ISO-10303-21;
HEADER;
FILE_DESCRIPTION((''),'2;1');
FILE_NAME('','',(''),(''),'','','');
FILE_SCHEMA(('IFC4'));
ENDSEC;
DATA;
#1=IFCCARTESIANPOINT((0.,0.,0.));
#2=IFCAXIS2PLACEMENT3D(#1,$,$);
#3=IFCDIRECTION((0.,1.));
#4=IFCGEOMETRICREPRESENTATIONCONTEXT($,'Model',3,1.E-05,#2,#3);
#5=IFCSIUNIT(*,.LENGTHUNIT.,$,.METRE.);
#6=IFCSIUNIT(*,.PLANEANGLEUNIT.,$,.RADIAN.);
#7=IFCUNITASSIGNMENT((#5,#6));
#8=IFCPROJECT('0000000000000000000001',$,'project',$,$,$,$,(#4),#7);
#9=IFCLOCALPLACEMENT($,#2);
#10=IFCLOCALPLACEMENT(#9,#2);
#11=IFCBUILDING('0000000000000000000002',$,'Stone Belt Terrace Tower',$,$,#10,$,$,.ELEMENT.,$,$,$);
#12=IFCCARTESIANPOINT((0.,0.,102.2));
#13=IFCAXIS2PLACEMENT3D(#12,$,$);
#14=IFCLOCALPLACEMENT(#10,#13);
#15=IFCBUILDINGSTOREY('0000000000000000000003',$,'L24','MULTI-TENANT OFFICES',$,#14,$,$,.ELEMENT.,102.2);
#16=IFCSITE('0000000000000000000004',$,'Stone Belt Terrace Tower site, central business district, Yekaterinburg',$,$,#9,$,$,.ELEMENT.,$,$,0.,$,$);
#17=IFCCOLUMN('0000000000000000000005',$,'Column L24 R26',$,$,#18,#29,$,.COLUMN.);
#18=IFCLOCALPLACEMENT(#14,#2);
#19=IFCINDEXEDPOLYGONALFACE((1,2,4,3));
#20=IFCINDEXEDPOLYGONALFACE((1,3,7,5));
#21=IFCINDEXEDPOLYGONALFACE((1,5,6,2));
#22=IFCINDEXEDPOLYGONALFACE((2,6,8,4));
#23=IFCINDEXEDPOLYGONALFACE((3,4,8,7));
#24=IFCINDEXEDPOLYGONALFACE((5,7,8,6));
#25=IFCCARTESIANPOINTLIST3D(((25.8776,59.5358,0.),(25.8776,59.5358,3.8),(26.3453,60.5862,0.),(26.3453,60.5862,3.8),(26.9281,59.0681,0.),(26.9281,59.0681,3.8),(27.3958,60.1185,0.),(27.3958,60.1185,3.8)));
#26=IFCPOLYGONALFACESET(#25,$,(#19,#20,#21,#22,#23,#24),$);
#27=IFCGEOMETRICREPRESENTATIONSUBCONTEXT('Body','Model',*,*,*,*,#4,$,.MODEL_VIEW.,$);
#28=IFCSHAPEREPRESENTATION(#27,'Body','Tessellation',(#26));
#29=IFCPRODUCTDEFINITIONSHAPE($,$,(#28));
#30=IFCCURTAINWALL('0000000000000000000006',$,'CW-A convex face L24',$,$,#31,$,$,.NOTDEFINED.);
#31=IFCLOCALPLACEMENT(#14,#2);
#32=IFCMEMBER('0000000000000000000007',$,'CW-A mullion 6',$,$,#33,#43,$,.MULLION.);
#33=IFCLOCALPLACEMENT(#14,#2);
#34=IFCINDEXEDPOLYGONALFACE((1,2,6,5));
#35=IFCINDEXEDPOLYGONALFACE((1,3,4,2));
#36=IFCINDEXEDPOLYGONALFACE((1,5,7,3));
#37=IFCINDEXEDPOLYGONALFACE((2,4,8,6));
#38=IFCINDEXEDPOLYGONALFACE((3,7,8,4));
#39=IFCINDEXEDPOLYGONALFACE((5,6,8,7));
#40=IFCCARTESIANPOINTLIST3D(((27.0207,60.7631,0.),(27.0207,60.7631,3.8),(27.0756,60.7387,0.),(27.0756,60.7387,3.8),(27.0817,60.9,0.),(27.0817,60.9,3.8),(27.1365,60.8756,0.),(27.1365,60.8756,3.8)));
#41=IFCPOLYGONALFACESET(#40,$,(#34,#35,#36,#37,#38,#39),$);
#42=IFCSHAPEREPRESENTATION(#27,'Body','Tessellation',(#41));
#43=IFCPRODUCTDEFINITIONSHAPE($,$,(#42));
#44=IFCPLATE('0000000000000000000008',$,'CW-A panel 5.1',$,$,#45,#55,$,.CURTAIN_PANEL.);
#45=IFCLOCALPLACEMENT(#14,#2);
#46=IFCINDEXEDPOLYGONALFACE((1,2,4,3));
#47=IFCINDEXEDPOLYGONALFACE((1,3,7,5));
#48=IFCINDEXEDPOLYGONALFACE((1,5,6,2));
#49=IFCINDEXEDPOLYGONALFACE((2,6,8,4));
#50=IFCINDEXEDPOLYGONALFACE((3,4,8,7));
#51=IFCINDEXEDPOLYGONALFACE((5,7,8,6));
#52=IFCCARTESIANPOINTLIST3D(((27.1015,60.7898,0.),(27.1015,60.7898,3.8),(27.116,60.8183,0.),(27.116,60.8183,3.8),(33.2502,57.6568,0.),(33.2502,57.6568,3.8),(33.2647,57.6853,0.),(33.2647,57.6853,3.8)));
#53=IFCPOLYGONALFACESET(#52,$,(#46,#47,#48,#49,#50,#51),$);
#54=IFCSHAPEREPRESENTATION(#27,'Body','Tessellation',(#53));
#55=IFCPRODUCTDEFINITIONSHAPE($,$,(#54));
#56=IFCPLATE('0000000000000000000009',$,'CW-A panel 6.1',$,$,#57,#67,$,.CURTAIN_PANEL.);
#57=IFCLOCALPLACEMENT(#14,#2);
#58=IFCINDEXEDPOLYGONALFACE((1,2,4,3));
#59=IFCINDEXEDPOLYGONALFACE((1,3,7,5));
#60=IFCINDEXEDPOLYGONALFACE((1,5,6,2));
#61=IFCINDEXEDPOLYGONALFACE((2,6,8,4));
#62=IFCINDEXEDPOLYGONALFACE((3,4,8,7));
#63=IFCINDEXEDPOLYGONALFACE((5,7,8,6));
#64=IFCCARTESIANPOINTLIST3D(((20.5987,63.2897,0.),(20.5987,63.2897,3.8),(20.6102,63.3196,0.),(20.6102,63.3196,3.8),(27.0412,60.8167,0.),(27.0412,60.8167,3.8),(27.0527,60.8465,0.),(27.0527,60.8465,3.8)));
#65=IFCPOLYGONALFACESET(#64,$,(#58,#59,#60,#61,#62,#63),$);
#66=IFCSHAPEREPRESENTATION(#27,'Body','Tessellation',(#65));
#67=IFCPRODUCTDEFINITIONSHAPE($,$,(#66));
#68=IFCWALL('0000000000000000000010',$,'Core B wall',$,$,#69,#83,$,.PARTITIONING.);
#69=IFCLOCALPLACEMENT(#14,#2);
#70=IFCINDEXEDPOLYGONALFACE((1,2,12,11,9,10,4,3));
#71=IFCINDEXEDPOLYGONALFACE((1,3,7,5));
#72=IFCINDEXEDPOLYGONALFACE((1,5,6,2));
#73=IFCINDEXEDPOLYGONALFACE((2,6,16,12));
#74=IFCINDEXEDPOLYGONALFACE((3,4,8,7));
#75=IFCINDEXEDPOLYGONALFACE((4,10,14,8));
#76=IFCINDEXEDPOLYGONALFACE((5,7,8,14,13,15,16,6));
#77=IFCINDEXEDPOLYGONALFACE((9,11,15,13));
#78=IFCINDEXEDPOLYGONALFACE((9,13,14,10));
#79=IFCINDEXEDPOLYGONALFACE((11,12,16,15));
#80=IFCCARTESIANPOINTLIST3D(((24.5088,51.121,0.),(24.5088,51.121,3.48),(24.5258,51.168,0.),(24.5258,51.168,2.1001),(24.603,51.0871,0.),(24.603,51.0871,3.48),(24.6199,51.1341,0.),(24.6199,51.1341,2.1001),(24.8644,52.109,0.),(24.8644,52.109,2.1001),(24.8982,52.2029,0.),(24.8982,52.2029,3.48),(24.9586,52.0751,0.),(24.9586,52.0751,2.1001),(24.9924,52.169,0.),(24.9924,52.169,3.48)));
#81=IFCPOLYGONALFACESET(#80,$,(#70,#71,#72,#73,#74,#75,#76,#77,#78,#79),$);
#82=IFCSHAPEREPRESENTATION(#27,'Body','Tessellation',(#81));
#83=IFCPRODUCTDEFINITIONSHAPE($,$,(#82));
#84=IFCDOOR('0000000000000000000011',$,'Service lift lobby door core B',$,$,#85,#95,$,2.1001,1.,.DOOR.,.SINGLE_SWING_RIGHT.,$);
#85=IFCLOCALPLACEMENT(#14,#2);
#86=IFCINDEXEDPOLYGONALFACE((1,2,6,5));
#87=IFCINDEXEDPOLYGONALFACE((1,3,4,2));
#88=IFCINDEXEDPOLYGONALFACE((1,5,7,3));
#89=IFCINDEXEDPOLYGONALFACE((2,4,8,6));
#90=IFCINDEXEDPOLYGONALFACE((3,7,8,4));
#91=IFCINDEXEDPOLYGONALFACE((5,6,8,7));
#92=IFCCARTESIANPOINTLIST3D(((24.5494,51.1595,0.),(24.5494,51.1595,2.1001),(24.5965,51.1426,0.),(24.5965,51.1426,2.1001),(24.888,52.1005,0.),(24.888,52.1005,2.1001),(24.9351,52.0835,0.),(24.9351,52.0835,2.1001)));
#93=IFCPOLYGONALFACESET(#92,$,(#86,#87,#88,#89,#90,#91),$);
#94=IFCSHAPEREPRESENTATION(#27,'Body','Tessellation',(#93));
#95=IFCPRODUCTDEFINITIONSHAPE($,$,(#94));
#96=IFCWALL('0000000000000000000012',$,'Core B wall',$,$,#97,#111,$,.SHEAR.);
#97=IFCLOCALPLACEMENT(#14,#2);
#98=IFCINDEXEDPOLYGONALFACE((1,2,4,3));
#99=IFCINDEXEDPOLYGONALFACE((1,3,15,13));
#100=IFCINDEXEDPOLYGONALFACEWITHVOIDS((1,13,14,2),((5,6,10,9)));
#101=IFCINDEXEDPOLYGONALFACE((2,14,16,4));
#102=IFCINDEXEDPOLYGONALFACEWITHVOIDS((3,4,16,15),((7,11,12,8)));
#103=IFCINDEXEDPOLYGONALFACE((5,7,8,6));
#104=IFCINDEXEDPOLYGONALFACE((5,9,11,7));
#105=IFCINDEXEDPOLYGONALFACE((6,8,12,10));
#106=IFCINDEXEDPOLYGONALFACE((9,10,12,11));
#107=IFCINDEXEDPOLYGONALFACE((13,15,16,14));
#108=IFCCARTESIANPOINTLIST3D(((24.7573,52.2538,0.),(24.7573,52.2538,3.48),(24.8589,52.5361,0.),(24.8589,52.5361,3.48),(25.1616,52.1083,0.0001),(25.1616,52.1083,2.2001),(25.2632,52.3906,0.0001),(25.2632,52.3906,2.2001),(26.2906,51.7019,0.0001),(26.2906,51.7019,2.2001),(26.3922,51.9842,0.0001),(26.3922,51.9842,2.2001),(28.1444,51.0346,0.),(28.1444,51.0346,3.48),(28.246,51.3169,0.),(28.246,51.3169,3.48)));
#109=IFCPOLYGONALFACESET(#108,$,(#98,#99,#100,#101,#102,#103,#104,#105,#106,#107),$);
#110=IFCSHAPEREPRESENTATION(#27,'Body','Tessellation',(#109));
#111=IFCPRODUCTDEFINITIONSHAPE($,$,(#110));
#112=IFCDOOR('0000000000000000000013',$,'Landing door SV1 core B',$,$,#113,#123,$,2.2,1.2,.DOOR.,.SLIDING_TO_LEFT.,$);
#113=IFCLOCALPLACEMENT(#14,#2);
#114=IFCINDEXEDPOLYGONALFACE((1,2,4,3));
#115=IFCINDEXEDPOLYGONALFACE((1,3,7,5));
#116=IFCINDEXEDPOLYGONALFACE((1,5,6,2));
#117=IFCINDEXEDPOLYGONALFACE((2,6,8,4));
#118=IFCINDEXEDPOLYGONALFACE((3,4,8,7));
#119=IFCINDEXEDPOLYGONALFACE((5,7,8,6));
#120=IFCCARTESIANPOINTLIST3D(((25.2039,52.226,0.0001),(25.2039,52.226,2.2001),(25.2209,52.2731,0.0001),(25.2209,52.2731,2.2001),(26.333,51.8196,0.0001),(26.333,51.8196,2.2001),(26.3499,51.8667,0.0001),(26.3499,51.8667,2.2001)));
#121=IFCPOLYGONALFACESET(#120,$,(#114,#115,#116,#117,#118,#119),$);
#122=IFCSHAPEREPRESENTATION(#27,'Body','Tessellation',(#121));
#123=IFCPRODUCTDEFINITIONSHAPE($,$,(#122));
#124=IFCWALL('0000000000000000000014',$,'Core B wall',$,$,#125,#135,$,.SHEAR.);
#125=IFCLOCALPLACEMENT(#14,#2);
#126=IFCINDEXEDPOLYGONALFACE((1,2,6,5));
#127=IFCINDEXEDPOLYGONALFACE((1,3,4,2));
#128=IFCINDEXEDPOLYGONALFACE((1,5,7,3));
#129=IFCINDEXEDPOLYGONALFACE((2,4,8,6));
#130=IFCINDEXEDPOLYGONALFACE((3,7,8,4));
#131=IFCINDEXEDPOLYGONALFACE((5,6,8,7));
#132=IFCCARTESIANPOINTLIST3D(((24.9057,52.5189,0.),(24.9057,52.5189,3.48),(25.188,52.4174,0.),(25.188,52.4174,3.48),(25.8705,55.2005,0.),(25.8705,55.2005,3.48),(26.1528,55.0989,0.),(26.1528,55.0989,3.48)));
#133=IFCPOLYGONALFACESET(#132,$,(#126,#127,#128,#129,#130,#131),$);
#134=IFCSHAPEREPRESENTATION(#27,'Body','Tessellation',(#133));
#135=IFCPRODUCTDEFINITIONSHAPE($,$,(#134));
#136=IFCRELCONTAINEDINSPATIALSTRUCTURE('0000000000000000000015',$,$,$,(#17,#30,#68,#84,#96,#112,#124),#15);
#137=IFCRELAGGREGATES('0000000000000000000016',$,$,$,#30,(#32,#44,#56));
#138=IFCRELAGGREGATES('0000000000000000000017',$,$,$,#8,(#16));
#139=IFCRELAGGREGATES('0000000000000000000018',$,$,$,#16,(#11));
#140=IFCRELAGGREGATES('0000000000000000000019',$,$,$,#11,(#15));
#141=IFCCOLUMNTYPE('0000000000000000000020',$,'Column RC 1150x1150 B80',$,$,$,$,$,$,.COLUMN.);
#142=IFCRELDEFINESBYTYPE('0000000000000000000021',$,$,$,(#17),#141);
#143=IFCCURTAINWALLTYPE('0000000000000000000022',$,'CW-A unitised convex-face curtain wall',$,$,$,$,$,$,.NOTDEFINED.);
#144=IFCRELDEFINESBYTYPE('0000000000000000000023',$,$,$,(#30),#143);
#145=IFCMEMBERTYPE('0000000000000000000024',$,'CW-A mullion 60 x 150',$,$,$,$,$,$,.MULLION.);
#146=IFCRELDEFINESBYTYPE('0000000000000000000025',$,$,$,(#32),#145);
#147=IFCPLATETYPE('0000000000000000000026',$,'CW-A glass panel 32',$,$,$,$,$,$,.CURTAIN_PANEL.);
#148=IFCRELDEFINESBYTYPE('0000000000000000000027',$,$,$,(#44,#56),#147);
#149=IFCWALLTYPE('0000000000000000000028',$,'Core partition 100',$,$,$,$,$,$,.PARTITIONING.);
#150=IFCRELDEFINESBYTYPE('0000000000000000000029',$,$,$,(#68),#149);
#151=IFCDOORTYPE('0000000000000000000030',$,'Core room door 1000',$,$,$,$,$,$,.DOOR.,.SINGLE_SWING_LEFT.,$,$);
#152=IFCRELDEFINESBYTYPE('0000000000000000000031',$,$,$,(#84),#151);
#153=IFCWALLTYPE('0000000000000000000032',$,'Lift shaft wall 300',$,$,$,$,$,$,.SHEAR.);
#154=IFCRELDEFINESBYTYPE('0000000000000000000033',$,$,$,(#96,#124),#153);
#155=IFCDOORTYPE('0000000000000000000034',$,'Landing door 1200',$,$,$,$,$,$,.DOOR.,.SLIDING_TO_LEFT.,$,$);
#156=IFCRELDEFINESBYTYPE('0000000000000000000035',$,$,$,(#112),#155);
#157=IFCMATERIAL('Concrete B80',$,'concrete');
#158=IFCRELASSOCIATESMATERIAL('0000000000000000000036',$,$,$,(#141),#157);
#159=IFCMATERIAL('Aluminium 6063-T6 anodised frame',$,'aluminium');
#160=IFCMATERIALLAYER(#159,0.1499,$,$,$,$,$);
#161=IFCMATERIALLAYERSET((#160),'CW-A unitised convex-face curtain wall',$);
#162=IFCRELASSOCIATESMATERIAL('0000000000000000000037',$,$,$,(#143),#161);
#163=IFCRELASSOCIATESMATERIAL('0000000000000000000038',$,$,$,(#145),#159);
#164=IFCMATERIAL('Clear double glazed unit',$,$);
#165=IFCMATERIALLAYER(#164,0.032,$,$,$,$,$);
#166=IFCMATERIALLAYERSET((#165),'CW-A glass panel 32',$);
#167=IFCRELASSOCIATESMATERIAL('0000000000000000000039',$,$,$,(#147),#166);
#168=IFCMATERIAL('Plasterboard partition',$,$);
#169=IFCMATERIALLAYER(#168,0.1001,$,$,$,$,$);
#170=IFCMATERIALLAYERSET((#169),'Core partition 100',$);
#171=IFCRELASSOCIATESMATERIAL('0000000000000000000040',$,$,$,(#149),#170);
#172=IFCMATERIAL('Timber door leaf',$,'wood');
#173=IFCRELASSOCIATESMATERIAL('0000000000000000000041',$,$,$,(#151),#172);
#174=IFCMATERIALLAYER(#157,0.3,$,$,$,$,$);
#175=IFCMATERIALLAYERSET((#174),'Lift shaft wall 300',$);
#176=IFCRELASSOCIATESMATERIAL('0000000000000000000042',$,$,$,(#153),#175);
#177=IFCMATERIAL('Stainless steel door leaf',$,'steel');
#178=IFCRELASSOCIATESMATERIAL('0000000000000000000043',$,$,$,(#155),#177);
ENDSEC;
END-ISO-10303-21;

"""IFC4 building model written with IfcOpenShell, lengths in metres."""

from ifc_helpers import new_model, si_unit, direction, frame, frame_2d, origin, origin_2d, place, context, subcontext, project, spatial, rectangle, extrude, material, layer, layer_set, material_profile, profile_set, type_object, element, fill, aggregate, save


model = new_model("IFC4")

# Units and contexts
model_context = context("Model", 3, precision=1e-05, world=origin(), true_north=direction((0.0, 1.0)))
body_context = subcontext(model_context, "Body", "Model", "MODEL_VIEW")
ifc_project = project(units=[si_unit("LENGTHUNIT", "METRE"), si_unit("PLANEANGLEUNIT", "RADIAN")], contexts=[model_context])

# Site, building, storey
site_placement = place(None, origin())
site = spatial("IfcSite", under=ifc_project, at=site_placement, Name="Stone Belt Terrace Tower site, central business district, Yekaterinburg", CompositionType="ELEMENT", RefElevation=0.0)
building_placement = place(site_placement, origin())
building = spatial("IfcBuilding", under=site, at=building_placement, Name="Stone Belt Terrace Tower", CompositionType="ELEMENT")
storey_placement = place(building_placement, frame((0.0, 0.0, 102.2)))
storey = spatial("IfcBuildingStorey", under=building, at=storey_placement, Name="L24", Description="MULTI-TENANT OFFICES", CompositionType="ELEMENT", Elevation=102.2)

# Column
ifc_material_1 = material(Name="Concrete B80", Category="concrete")
ifc_material_profile_1 = material_profile(ifc_material_1, rectangle(XDim=1.1499, YDim=1.1499, at=origin_2d()), Name="RC 1150x1150")
ifc_profile_set_1 = profile_set([ifc_material_profile_1], Name="Concrete B80")
column_type = type_object("IfcColumnType", Name="Column RC 1150x1150 B80", PredefinedType="COLUMN", material=ifc_profile_set_1)
column_placement = place(storey_placement, frame((26.6367, 59.8271, 0.0), z_axis=(0.0, 0.0, 1.0), x_axis=(0.913545, -0.406737, 0.0)))
element("IfcColumn", 1, at=column_placement, inside=storey, type_object=column_type, Name="Column L24 R26", PredefinedType="COLUMN", context=body_context, shape_type="SweptSolid", body=[
    extrude(rectangle(XDim=1.1499, YDim=1.1499, at=origin_2d()), origin(), (0.0, 0.0, 1.0), 3.8),
])

# Curtain wall, member, plates
ifc_material_2 = material(Name="Aluminium 6063-T6 anodised frame", Category="aluminium")
ifc_layer_1 = layer(ifc_material_2, 0.1499)
ifc_layer_set_1 = layer_set([ifc_layer_1], Name="CW-A unitised convex-face curtain wall")
curtain_wall_type = type_object("IfcCurtainWallType", Name="CW-A unitised convex-face curtain wall", PredefinedType="NOTDEFINED", material=ifc_layer_set_1)
curtain_wall_placement = place(storey_placement, origin())
curtain_wall = element("IfcCurtainWall", 2, at=curtain_wall_placement, inside=storey, type_object=curtain_wall_type, Name="CW-A convex face L24", PredefinedType="NOTDEFINED")
ifc_material_profile_2 = material_profile(ifc_material_2, rectangle(XDim=0.1499, YDim=0.0601, at=origin_2d()), Name="Aluminium 6063-T6 60x150")
ifc_profile_set_2 = profile_set([ifc_material_profile_2], Name="Aluminium 6063-T6 anodised frame")
member_type = type_object("IfcMemberType", Name="CW-A mullion 60 x 150", PredefinedType="MULLION", material=ifc_profile_set_2)
member_placement = place(storey_placement, frame((27.0786, 60.8193, 0.0), z_axis=(0.0, 0.0, 1.0), x_axis=(-0.406737, -0.913545, 0.0)))
member = element("IfcMember", 3, at=member_placement, type_object=member_type, Name="CW-A mullion 6", PredefinedType="MULLION", context=body_context, shape_type="SweptSolid", body=[
    extrude(rectangle(XDim=0.1499, YDim=0.0601, at=origin_2d()), origin(), (0.0, 0.0, 1.0), 3.8),
])
ifc_material_3 = material(Name="Clear double glazed unit")
ifc_layer_2 = layer(ifc_material_3, 0.032)
ifc_layer_set_2 = layer_set([ifc_layer_2], Name="CW-A glass panel 32")
plate_type = type_object("IfcPlateType", Name="CW-A glass panel 32", PredefinedType="CURTAIN_PANEL", material=ifc_layer_set_2)
plate_1_placement = place(storey_placement, frame((30.1831, 59.2375, 0.0), z_axis=(0.0, 0.0, 1.0), x_axis=(-0.891007, 0.45399, 0.0)))
plate_1 = element("IfcPlate", 4, at=plate_1_placement, type_object=plate_type, Name="CW-A panel 5.1", PredefinedType="CURTAIN_PANEL", context=body_context, shape_type="SweptSolid", body=[
    extrude(rectangle(XDim=6.9009, YDim=0.032, at=origin_2d()), origin(), (0.0, 0.0, 1.0), 3.8),
])
plate_2_placement = place(storey_placement, frame((23.8257, 62.0681, 0.0), z_axis=(0.0, 0.0, 1.0), x_axis=(-0.93358, 0.358368, 0.0)))
plate_2 = element("IfcPlate", 5, at=plate_2_placement, type_object=plate_type, Name="CW-A panel 6.1", PredefinedType="CURTAIN_PANEL", context=body_context, shape_type="SweptSolid", body=[
    extrude(rectangle(XDim=6.9009, YDim=0.032, at=origin_2d()), origin(), (0.0, 0.0, 1.0), 3.8),
])
aggregate(curtain_wall, [member, plate_1, plate_2])

# Walls, openings, doors
ifc_material_4 = material(Name="Plasterboard partition")
ifc_layer_3 = layer(ifc_material_4, 0.1001)
ifc_layer_set_3 = layer_set([ifc_layer_3], Name="Core partition 100")
wall_type_1 = type_object("IfcWallType", Name="Core partition 100", PredefinedType="PARTITIONING", material=ifc_layer_set_3)
wall_1_placement = place(storey_placement, frame((24.5559, 51.104, 0.0), z_axis=(0.0, 0.0, 1.0), x_axis=(0.338622, 0.940923, 0.0)))
wall_1 = element("IfcWall", 6, at=wall_1_placement, inside=storey, type_object=wall_type_1, Name="Core B wall", PredefinedType="PARTITIONING", context=body_context, shape_type="SweptSolid", body=[
    extrude(rectangle(XDim=1.1499, YDim=0.1001, at=frame_2d((0.575, 0.0))), origin(), (0.0, 0.0, 1.0), 3.48),
])
opening_1_placement = place(wall_1_placement, frame((0.05, 0.0, 0.0)))
opening_1 = element("IfcOpeningElement", 7, at=opening_1_placement, cuts=wall_1, PredefinedType="OPENING", context=body_context, shape_type="SweptSolid", body=[
    extrude(rectangle(XDim=1.0, YDim=2.1001, at=frame_2d((0.5, 1.05))), frame((0.0, 0.0601, 0.0), z_axis=(0.0, -1.0, 0.0), x_axis=(1.0, 0.0, 0.0)), (0.0, 0.0, 1.0), 0.1201),
])
ifc_material_5 = material(Name="Timber door leaf", Category="wood")
door_type_1 = type_object("IfcDoorType", Name="Core room door 1000", OperationType="SINGLE_SWING_LEFT", PredefinedType="DOOR", material=ifc_material_5)
door_1_placement = place(opening_1_placement, origin())
door_1 = element("IfcDoor", 8, at=door_1_placement, inside=storey, type_object=door_type_1, Name="Service lift lobby door core B", OperationType="SINGLE_SWING_RIGHT", OverallHeight=2.1001, OverallWidth=1.0, PredefinedType="DOOR", context=body_context, shape_type="SweptSolid", body=[
    extrude(rectangle(XDim=1.0, YDim=2.1001, at=frame_2d((0.5, 1.05))), frame((0.0, 0.0249, 0.0), z_axis=(0.0, -1.0, 0.0), x_axis=(1.0, 0.0, 0.0)), (0.0, 0.0, 1.0), 0.05),
])
fill(opening_1, door_1)
ifc_layer_4 = layer(ifc_material_1, 0.3)
ifc_layer_set_4 = layer_set([ifc_layer_4], Name="Lift shaft wall 300")
wall_type_2 = type_object("IfcWallType", Name="Lift shaft wall 300", PredefinedType="SHEAR", material=ifc_layer_set_4)
wall_2_placement = place(storey_placement, frame((28.1951, 51.1758, 0.0), z_axis=(0.0, 0.0, 1.0), x_axis=(-0.940901, 0.338681, 0.0)))
wall_2 = element("IfcWall", 9, at=wall_2_placement, inside=storey, type_object=wall_type_2, Name="Core B wall", PredefinedType="SHEAR", context=body_context, shape_type="SweptSolid", body=[
    extrude(rectangle(XDim=3.5999, YDim=0.3, at=frame_2d((1.7998, 0.0))), origin(), (0.0, 0.0, 1.0), 3.48),
])
opening_2_placement = place(wall_2_placement, frame((1.97, 0.0, 0.0)))
opening_2 = element("IfcOpeningElement", 10, at=opening_2_placement, cuts=wall_2, PredefinedType="OPENING", context=body_context, shape_type="SweptSolid", body=[
    extrude(rectangle(XDim=1.2, YDim=2.2, at=frame_2d((0.6001, 1.1001))), frame((0.0, 0.1599, 0.0), z_axis=(0.0, -1.0, 0.0), x_axis=(1.0, 0.0, 0.0)), (0.0, 0.0, 1.0), 0.3201),
])
ifc_material_6 = material(Name="Stainless steel door leaf", Category="steel")
door_type_2 = type_object("IfcDoorType", Name="Landing door 1200", OperationType="SLIDING_TO_LEFT", PredefinedType="DOOR", material=ifc_material_6)
door_2_placement = place(opening_2_placement, origin())
door_2 = element("IfcDoor", 11, at=door_2_placement, inside=storey, type_object=door_type_2, Name="Landing door SV1 core B", OperationType="SLIDING_TO_LEFT", OverallHeight=2.2, OverallWidth=1.2, PredefinedType="DOOR", context=body_context, shape_type="SweptSolid", body=[
    extrude(rectangle(XDim=1.2, YDim=2.2, at=frame_2d((0.6001, 1.1001))), frame((0.0, 0.0249, 0.0), z_axis=(0.0, -1.0, 0.0), x_axis=(1.0, 0.0, 0.0)), (0.0, 0.0, 1.0), 0.05),
])
fill(opening_2, door_2)

# Wall
wall_3_placement = place(storey_placement, frame((25.0469, 52.4683, 0.0), z_axis=(0.0, 0.0, 1.0), x_axis=(0.33855, 0.940949, 0.0)))
element("IfcWall", 12, at=wall_3_placement, inside=storey, type_object=wall_type_2, Name="Core B wall", PredefinedType="SHEAR", context=body_context, shape_type="SweptSolid", body=[
    extrude(rectangle(XDim=2.8499, YDim=0.3, at=frame_2d((1.4248, 0.0))), origin(), (0.0, 0.0, 1.0), 3.48),
])

save(model, "model.ifc")
